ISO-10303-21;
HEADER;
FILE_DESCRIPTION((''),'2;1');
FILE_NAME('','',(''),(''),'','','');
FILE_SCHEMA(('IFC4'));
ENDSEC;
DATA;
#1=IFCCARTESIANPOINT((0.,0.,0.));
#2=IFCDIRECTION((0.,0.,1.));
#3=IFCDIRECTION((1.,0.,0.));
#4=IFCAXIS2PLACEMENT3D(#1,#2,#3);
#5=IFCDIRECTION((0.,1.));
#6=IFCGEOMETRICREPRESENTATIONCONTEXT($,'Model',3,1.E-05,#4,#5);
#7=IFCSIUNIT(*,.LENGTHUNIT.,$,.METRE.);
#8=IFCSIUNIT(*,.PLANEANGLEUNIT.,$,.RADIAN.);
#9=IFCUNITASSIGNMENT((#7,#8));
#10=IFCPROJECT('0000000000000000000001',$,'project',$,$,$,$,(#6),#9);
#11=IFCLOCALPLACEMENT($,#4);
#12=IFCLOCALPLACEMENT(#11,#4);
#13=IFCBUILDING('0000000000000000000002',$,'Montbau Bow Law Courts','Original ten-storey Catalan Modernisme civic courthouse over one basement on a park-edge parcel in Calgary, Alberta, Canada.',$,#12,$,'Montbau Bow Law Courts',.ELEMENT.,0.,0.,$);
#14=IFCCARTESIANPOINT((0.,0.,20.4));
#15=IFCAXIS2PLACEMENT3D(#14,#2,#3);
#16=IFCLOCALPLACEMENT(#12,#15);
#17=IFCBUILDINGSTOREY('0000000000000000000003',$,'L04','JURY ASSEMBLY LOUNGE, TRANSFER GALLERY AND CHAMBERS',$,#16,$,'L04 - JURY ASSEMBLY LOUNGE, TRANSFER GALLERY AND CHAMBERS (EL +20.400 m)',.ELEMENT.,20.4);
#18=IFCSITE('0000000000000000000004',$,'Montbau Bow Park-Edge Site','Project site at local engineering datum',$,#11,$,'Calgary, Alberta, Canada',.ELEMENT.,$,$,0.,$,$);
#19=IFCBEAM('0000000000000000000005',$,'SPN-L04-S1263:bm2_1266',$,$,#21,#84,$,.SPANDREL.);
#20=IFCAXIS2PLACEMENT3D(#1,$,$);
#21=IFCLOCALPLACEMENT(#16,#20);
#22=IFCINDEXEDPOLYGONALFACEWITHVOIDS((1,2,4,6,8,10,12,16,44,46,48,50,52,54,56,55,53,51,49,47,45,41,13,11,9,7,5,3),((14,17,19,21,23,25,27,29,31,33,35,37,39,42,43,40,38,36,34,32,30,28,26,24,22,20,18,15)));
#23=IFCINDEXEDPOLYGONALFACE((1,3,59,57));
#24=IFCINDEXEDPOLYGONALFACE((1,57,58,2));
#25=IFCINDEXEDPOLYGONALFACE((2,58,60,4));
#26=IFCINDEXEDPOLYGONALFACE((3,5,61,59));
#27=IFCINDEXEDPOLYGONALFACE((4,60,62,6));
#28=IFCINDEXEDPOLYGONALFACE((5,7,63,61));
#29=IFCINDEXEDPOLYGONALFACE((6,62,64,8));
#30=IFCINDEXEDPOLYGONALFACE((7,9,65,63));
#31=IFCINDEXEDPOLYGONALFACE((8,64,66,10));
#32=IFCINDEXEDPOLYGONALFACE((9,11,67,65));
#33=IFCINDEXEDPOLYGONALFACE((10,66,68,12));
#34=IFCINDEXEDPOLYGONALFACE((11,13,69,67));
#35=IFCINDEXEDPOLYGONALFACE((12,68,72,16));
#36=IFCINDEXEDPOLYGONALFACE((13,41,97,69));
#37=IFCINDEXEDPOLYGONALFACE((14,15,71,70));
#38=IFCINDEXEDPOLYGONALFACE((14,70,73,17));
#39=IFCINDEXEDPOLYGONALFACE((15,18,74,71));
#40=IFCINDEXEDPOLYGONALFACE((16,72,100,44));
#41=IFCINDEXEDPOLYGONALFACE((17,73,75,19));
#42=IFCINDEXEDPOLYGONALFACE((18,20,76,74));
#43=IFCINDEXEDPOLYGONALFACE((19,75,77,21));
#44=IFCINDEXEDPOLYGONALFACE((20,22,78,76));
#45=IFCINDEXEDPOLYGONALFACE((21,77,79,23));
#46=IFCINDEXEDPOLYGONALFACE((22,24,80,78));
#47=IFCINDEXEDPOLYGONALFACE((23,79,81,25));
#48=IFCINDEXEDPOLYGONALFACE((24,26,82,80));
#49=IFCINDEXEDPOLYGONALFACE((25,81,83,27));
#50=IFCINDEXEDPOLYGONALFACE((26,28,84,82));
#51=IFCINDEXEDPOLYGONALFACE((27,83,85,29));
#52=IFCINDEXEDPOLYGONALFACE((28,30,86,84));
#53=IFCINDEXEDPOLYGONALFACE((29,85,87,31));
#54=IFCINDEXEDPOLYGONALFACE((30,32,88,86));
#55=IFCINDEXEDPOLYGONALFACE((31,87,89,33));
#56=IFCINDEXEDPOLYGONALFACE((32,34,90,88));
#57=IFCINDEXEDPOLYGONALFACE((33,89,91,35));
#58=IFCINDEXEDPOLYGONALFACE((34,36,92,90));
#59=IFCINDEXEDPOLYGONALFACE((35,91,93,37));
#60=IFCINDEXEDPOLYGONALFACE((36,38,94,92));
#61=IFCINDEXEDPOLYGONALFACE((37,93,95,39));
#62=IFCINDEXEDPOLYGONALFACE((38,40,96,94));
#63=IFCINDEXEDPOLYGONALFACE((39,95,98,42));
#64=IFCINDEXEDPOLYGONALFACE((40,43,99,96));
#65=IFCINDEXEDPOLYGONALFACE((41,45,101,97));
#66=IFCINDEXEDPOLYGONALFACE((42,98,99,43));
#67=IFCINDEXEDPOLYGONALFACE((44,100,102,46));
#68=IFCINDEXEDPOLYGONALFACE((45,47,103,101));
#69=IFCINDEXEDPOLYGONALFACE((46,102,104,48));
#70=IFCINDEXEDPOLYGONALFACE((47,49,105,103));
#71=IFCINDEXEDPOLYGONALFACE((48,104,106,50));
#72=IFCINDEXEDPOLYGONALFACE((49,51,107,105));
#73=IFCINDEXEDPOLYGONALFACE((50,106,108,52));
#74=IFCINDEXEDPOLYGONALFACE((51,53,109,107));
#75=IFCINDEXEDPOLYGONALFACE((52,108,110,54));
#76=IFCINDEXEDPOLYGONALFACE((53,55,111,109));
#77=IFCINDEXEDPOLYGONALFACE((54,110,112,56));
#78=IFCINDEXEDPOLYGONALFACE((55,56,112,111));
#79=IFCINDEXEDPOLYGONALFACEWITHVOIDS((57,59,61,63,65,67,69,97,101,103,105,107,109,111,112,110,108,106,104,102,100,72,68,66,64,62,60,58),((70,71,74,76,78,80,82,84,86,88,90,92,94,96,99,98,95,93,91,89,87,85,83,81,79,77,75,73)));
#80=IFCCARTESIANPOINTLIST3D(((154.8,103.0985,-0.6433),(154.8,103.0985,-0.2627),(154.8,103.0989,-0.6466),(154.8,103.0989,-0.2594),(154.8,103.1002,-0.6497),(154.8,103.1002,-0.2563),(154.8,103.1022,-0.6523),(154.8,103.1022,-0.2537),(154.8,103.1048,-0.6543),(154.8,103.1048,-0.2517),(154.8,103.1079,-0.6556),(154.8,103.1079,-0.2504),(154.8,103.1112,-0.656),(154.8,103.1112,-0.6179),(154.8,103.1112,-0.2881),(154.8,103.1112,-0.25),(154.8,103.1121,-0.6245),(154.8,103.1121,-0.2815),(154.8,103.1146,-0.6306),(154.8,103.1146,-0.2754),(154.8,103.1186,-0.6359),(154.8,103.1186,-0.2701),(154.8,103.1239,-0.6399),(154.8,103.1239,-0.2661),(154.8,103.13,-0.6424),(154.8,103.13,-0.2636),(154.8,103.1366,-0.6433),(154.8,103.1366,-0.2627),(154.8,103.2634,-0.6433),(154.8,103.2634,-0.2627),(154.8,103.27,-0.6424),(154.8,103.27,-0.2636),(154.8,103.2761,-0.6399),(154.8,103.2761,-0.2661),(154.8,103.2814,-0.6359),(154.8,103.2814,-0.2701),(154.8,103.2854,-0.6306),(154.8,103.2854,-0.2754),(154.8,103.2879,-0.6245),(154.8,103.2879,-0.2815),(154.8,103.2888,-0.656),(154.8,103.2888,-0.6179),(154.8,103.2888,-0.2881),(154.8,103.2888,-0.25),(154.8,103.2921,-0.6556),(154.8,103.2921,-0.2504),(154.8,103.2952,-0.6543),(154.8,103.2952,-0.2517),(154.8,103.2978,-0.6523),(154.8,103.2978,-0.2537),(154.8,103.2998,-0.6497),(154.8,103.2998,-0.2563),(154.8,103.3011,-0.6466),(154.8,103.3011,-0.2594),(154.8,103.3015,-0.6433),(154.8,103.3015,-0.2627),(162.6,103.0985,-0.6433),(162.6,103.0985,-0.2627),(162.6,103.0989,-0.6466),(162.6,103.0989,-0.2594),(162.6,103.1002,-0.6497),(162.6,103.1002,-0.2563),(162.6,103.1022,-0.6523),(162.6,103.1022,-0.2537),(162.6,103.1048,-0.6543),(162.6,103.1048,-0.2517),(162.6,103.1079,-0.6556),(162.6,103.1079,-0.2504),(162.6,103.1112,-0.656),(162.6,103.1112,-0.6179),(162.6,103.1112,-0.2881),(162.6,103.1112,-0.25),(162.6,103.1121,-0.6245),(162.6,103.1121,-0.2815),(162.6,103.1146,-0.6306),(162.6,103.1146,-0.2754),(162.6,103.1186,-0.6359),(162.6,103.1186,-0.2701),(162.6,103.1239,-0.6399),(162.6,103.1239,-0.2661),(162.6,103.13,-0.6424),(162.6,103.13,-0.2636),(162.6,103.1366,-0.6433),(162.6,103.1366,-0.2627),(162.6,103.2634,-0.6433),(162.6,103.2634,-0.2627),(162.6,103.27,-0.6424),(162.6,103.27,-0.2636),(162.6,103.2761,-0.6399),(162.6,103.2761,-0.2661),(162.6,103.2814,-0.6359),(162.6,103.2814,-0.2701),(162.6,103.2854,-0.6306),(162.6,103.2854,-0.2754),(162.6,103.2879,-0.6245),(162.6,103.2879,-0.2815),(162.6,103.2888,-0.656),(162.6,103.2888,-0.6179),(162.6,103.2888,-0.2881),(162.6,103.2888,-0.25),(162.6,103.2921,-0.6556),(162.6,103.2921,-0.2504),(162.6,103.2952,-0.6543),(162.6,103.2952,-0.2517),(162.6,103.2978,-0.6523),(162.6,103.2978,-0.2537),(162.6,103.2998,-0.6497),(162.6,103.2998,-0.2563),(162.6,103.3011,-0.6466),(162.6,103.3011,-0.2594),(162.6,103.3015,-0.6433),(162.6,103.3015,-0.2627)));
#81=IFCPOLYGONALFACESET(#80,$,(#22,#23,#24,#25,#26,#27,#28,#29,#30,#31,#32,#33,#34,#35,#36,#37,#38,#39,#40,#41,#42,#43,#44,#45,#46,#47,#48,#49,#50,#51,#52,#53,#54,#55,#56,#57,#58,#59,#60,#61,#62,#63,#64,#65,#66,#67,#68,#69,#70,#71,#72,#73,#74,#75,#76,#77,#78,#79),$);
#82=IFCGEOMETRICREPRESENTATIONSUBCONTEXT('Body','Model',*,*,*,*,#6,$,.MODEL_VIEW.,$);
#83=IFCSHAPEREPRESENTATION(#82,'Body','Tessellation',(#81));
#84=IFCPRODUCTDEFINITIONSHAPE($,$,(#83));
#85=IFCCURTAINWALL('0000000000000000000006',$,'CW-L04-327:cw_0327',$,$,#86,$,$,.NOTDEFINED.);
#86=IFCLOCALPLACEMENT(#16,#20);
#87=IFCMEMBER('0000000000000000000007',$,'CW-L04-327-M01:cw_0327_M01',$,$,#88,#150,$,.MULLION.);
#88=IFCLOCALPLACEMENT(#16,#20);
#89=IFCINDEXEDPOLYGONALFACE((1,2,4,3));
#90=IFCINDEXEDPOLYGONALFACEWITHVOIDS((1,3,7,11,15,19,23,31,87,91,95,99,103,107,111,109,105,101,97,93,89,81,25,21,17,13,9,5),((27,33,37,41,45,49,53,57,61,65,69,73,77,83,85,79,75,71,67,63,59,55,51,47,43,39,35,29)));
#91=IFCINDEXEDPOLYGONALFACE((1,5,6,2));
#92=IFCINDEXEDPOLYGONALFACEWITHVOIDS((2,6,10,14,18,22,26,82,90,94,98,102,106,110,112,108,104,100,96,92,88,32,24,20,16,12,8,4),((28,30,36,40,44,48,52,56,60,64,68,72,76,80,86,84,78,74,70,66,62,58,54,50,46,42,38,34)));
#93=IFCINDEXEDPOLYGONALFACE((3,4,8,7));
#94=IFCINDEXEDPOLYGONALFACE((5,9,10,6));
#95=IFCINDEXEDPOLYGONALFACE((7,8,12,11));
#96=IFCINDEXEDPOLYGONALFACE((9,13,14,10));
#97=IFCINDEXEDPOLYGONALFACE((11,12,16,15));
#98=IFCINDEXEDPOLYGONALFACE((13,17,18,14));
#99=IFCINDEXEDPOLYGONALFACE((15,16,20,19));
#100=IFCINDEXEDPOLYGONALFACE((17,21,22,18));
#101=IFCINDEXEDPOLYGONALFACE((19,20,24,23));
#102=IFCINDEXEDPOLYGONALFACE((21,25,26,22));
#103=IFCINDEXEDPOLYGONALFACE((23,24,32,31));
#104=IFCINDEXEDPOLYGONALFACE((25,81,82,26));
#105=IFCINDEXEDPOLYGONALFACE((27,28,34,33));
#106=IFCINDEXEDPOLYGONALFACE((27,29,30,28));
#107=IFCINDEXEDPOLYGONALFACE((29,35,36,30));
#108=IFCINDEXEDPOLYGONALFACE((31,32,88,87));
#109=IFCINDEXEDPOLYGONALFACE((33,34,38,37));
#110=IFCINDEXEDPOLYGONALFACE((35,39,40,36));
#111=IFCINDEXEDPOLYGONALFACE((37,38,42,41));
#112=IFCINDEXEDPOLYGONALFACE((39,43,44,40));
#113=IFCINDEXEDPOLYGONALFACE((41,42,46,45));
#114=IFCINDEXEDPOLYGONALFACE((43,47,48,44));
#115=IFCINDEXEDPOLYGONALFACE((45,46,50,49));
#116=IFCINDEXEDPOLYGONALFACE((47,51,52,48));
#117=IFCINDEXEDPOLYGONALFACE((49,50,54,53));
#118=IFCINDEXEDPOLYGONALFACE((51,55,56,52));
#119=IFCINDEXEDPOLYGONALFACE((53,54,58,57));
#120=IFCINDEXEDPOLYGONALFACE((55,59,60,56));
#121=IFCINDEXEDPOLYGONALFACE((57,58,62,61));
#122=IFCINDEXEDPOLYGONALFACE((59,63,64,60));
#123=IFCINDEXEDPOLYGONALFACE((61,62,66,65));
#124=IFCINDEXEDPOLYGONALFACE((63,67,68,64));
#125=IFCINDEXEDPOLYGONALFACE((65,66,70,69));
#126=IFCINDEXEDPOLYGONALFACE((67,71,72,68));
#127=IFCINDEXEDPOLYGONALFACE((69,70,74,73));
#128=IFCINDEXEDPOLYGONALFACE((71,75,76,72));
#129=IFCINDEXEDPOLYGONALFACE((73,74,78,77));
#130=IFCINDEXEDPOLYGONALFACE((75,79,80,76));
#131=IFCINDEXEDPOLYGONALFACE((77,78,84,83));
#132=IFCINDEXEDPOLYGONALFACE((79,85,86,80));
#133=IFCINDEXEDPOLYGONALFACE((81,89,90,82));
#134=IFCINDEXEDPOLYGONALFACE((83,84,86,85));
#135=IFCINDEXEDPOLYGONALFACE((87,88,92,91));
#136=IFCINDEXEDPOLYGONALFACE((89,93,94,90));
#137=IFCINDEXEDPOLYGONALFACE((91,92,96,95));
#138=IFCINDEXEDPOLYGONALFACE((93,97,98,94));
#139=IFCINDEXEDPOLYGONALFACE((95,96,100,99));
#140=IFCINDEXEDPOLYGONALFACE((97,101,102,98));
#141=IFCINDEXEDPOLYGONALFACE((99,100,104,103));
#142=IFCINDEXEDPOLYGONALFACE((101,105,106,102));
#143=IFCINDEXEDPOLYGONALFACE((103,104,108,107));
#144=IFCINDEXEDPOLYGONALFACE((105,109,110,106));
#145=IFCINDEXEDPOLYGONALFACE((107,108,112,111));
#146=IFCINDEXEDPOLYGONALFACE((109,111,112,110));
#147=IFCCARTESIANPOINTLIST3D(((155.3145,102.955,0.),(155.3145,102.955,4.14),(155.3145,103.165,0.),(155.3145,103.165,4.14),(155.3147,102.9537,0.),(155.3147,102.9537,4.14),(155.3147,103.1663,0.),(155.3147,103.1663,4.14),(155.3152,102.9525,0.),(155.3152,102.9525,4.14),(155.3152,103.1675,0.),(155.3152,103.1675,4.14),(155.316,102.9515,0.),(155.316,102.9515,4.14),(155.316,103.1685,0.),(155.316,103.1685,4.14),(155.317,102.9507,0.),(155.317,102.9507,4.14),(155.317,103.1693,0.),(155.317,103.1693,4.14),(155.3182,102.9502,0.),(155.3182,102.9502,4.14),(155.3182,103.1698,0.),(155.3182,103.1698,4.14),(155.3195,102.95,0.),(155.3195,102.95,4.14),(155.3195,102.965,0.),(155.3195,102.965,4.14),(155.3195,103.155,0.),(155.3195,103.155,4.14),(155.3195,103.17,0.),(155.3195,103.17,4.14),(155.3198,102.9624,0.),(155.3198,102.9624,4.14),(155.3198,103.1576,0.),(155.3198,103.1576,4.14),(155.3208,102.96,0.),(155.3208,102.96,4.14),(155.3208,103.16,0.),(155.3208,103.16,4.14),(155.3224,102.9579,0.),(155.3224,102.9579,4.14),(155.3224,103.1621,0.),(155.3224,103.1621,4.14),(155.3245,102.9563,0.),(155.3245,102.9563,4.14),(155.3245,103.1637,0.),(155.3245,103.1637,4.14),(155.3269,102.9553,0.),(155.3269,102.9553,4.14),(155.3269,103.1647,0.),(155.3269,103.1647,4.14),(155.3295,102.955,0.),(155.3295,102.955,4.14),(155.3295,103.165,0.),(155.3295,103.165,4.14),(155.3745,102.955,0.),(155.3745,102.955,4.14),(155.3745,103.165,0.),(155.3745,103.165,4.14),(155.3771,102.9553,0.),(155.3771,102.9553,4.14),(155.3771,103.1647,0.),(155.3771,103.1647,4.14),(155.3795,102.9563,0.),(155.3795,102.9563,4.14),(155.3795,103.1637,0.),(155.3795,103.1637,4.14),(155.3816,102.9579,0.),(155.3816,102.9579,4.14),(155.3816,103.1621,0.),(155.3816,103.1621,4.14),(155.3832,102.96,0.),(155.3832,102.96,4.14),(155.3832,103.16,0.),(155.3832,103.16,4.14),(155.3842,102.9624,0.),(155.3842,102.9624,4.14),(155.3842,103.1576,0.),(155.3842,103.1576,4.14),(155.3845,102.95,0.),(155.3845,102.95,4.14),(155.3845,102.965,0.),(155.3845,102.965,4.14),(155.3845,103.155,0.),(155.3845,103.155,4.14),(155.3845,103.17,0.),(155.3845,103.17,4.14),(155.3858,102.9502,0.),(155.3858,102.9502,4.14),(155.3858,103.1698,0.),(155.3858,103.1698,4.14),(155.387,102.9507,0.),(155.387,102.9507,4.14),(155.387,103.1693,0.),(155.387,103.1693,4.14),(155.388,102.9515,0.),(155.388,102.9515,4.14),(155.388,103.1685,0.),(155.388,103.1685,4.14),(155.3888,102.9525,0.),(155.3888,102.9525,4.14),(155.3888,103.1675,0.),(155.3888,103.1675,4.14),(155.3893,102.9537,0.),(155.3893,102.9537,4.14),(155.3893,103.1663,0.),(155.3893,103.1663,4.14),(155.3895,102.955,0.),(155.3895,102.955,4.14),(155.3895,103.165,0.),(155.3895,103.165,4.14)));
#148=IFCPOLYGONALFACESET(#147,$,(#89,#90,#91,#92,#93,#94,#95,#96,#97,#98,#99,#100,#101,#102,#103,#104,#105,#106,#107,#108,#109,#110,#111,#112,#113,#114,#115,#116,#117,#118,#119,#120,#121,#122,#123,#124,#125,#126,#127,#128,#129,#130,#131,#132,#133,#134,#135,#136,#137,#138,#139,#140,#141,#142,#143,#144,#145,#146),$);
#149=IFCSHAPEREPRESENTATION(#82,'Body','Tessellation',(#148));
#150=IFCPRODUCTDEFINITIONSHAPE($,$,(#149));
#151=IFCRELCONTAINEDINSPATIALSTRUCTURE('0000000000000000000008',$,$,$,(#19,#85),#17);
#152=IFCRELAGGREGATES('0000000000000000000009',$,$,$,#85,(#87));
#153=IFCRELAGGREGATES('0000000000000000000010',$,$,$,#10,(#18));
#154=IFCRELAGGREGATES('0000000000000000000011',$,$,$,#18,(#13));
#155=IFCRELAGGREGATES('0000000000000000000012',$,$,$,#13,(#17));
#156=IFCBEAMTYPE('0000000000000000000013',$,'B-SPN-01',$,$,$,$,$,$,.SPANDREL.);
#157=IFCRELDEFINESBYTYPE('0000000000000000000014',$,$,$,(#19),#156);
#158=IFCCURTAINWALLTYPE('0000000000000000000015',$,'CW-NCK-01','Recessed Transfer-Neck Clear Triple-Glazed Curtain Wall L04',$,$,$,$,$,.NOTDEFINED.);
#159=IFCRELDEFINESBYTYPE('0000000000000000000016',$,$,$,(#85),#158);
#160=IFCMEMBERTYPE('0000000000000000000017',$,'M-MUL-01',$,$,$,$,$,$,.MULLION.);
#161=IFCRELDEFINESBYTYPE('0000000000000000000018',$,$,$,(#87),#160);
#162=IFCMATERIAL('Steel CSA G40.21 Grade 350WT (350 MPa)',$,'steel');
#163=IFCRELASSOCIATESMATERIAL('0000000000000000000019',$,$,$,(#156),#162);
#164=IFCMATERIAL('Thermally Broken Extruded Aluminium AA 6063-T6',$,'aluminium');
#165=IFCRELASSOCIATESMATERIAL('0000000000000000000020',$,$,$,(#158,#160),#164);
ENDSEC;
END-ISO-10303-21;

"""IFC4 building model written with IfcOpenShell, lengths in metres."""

from ifc_helpers import new_model, si_unit, direction, frame, origin_with_axes, origin_2d_with_axis, place, context, subcontext, project, spatial, hollow_rectangle, extrude, material, material_profile, profile_set, type_object, element, aggregate, save


model = new_model("IFC4")

# Units and contexts
model_context = context("Model", 3, precision=1e-05, world=origin_with_axes(), true_north=direction((0.0, 1.0)))
body_context = subcontext(model_context, "Body", "Model", "MODEL_VIEW")
ifc_project = project(units=[si_unit("LENGTHUNIT", "METRE"), si_unit("PLANEANGLEUNIT", "RADIAN")], contexts=[model_context])

# Site, building, storey
site_placement = place(None, origin_with_axes())
site = spatial("IfcSite", under=ifc_project, at=site_placement, Name="Montbau Bow Park-Edge Site", Description="Project site at local engineering datum", LongName="Calgary, Alberta, Canada", CompositionType="ELEMENT", RefElevation=0.0)
building_placement = place(site_placement, origin_with_axes())
building = spatial("IfcBuilding", under=site, at=building_placement, Name="Montbau Bow Law Courts", Description="Original ten-storey Catalan Modernisme civic courthouse over one basement on a park-edge parcel in Calgary, Alberta, Canada.", LongName="Montbau Bow Law Courts", CompositionType="ELEMENT", ElevationOfRefHeight=0.0, ElevationOfTerrain=0.0)
storey_placement = place(building_placement, frame((0.0, 0.0, 20.4), z_axis=(0.0, 0.0, 1.0), x_axis=(1.0, 0.0, 0.0)))
storey = spatial("IfcBuildingStorey", under=building, at=storey_placement, Name="L04", Description="JURY ASSEMBLY LOUNGE, TRANSFER GALLERY AND CHAMBERS", LongName="L04 - JURY ASSEMBLY LOUNGE, TRANSFER GALLERY AND CHAMBERS (EL +20.400 m)", CompositionType="ELEMENT", Elevation=20.4)

# Beam
ifc_material_1 = material(Name="Steel CSA G40.21 Grade 350WT (350 MPa)", Category="steel")
ifc_material_profile_1 = material_profile(ifc_material_1, hollow_rectangle(XDim=0.203, YDim=0.406, WallThickness=0.0127, InnerFilletRadius=0.0254, OuterFilletRadius=0.0127, at=origin_2d_with_axis()), Name="HSS406X203X13", Category="Main", Priority=0)
ifc_profile_set_1 = profile_set([ifc_material_profile_1], Name="Steel CSA G40.21 Grade 350WT (350 MPa)")
beam_type_1 = type_object("IfcBeamType", Name="B-SPN-01", PredefinedType="SPANDREL", material=ifc_profile_set_1)
beam_1_placement = place(None, frame((154.8, 103.2, 19.947), z_axis=(1.0, 0.0, 0.0), x_axis=(0.0, 1.0, 0.0)))
element("IfcBeam", 1, at=beam_1_placement, inside=storey, type_object=beam_type_1, Name="SPN-L04-S1263:bm2_1266", PredefinedType="SPANDREL", context=body_context, shape_type="SweptSolid", body=[
    extrude(hollow_rectangle(XDim=0.203, YDim=0.406, WallThickness=0.0127, InnerFilletRadius=0.0254, OuterFilletRadius=0.0127, at=origin_2d_with_axis()), origin_with_axes(), (0.0, 0.0, 1.0), 7.8),
])

# Curtain wall, member
ifc_material_2 = material(Name="Thermally Broken Extruded Aluminium AA 6063-T6", Category="aluminium")
curtain_wall_type = type_object("IfcCurtainWallType", Name="CW-NCK-01", Description="Recessed Transfer-Neck Clear Triple-Glazed Curtain Wall L04", PredefinedType="NOTDEFINED", material=ifc_material_2)
curtain_wall_1_placement = place(None, frame((155.315, 103.06, 20.4), z_axis=(0.0, 0.0, 1.0), x_axis=(1.0, 0.0, 0.0)))
curtain_wall_1 = element("IfcCurtainWall", 2, at=curtain_wall_1_placement, inside=storey, type_object=curtain_wall_type, Name="CW-L04-327:cw_0327", PredefinedType="NOTDEFINED")
ifc_material_profile_2 = material_profile(ifc_material_2, hollow_rectangle(XDim=0.075, YDim=0.22, WallThickness=0.005, InnerFilletRadius=0.01, OuterFilletRadius=0.005, at=origin_2d_with_axis()), Name="CWM-220X75", Category="Main", Priority=0)
ifc_profile_set_2 = profile_set([ifc_material_profile_2], Name="Thermally Broken Extruded Aluminium AA 6063-T6")
member_type_1 = type_object("IfcMemberType", Name="M-MUL-01", PredefinedType="MULLION", material=ifc_profile_set_2)
member_1_placement = place(None, frame((155.352, 103.06, 20.4), z_axis=(0.0, 0.0, 1.0), x_axis=(1.0, 0.0, 0.0)))
member_1 = element("IfcMember", 3, at=member_1_placement, type_object=member_type_1, Name="CW-L04-327-M01:cw_0327_M01", PredefinedType="MULLION", context=body_context, shape_type="SweptSolid", body=[
    extrude(hollow_rectangle(XDim=0.075, YDim=0.22, WallThickness=0.005, InnerFilletRadius=0.01, OuterFilletRadius=0.005, at=origin_2d_with_axis()), origin_with_axes(), (0.0, 0.0, 1.0), 4.14),
])

aggregate(curtain_wall_1, [member_1])

save(model, "model.ifc")
